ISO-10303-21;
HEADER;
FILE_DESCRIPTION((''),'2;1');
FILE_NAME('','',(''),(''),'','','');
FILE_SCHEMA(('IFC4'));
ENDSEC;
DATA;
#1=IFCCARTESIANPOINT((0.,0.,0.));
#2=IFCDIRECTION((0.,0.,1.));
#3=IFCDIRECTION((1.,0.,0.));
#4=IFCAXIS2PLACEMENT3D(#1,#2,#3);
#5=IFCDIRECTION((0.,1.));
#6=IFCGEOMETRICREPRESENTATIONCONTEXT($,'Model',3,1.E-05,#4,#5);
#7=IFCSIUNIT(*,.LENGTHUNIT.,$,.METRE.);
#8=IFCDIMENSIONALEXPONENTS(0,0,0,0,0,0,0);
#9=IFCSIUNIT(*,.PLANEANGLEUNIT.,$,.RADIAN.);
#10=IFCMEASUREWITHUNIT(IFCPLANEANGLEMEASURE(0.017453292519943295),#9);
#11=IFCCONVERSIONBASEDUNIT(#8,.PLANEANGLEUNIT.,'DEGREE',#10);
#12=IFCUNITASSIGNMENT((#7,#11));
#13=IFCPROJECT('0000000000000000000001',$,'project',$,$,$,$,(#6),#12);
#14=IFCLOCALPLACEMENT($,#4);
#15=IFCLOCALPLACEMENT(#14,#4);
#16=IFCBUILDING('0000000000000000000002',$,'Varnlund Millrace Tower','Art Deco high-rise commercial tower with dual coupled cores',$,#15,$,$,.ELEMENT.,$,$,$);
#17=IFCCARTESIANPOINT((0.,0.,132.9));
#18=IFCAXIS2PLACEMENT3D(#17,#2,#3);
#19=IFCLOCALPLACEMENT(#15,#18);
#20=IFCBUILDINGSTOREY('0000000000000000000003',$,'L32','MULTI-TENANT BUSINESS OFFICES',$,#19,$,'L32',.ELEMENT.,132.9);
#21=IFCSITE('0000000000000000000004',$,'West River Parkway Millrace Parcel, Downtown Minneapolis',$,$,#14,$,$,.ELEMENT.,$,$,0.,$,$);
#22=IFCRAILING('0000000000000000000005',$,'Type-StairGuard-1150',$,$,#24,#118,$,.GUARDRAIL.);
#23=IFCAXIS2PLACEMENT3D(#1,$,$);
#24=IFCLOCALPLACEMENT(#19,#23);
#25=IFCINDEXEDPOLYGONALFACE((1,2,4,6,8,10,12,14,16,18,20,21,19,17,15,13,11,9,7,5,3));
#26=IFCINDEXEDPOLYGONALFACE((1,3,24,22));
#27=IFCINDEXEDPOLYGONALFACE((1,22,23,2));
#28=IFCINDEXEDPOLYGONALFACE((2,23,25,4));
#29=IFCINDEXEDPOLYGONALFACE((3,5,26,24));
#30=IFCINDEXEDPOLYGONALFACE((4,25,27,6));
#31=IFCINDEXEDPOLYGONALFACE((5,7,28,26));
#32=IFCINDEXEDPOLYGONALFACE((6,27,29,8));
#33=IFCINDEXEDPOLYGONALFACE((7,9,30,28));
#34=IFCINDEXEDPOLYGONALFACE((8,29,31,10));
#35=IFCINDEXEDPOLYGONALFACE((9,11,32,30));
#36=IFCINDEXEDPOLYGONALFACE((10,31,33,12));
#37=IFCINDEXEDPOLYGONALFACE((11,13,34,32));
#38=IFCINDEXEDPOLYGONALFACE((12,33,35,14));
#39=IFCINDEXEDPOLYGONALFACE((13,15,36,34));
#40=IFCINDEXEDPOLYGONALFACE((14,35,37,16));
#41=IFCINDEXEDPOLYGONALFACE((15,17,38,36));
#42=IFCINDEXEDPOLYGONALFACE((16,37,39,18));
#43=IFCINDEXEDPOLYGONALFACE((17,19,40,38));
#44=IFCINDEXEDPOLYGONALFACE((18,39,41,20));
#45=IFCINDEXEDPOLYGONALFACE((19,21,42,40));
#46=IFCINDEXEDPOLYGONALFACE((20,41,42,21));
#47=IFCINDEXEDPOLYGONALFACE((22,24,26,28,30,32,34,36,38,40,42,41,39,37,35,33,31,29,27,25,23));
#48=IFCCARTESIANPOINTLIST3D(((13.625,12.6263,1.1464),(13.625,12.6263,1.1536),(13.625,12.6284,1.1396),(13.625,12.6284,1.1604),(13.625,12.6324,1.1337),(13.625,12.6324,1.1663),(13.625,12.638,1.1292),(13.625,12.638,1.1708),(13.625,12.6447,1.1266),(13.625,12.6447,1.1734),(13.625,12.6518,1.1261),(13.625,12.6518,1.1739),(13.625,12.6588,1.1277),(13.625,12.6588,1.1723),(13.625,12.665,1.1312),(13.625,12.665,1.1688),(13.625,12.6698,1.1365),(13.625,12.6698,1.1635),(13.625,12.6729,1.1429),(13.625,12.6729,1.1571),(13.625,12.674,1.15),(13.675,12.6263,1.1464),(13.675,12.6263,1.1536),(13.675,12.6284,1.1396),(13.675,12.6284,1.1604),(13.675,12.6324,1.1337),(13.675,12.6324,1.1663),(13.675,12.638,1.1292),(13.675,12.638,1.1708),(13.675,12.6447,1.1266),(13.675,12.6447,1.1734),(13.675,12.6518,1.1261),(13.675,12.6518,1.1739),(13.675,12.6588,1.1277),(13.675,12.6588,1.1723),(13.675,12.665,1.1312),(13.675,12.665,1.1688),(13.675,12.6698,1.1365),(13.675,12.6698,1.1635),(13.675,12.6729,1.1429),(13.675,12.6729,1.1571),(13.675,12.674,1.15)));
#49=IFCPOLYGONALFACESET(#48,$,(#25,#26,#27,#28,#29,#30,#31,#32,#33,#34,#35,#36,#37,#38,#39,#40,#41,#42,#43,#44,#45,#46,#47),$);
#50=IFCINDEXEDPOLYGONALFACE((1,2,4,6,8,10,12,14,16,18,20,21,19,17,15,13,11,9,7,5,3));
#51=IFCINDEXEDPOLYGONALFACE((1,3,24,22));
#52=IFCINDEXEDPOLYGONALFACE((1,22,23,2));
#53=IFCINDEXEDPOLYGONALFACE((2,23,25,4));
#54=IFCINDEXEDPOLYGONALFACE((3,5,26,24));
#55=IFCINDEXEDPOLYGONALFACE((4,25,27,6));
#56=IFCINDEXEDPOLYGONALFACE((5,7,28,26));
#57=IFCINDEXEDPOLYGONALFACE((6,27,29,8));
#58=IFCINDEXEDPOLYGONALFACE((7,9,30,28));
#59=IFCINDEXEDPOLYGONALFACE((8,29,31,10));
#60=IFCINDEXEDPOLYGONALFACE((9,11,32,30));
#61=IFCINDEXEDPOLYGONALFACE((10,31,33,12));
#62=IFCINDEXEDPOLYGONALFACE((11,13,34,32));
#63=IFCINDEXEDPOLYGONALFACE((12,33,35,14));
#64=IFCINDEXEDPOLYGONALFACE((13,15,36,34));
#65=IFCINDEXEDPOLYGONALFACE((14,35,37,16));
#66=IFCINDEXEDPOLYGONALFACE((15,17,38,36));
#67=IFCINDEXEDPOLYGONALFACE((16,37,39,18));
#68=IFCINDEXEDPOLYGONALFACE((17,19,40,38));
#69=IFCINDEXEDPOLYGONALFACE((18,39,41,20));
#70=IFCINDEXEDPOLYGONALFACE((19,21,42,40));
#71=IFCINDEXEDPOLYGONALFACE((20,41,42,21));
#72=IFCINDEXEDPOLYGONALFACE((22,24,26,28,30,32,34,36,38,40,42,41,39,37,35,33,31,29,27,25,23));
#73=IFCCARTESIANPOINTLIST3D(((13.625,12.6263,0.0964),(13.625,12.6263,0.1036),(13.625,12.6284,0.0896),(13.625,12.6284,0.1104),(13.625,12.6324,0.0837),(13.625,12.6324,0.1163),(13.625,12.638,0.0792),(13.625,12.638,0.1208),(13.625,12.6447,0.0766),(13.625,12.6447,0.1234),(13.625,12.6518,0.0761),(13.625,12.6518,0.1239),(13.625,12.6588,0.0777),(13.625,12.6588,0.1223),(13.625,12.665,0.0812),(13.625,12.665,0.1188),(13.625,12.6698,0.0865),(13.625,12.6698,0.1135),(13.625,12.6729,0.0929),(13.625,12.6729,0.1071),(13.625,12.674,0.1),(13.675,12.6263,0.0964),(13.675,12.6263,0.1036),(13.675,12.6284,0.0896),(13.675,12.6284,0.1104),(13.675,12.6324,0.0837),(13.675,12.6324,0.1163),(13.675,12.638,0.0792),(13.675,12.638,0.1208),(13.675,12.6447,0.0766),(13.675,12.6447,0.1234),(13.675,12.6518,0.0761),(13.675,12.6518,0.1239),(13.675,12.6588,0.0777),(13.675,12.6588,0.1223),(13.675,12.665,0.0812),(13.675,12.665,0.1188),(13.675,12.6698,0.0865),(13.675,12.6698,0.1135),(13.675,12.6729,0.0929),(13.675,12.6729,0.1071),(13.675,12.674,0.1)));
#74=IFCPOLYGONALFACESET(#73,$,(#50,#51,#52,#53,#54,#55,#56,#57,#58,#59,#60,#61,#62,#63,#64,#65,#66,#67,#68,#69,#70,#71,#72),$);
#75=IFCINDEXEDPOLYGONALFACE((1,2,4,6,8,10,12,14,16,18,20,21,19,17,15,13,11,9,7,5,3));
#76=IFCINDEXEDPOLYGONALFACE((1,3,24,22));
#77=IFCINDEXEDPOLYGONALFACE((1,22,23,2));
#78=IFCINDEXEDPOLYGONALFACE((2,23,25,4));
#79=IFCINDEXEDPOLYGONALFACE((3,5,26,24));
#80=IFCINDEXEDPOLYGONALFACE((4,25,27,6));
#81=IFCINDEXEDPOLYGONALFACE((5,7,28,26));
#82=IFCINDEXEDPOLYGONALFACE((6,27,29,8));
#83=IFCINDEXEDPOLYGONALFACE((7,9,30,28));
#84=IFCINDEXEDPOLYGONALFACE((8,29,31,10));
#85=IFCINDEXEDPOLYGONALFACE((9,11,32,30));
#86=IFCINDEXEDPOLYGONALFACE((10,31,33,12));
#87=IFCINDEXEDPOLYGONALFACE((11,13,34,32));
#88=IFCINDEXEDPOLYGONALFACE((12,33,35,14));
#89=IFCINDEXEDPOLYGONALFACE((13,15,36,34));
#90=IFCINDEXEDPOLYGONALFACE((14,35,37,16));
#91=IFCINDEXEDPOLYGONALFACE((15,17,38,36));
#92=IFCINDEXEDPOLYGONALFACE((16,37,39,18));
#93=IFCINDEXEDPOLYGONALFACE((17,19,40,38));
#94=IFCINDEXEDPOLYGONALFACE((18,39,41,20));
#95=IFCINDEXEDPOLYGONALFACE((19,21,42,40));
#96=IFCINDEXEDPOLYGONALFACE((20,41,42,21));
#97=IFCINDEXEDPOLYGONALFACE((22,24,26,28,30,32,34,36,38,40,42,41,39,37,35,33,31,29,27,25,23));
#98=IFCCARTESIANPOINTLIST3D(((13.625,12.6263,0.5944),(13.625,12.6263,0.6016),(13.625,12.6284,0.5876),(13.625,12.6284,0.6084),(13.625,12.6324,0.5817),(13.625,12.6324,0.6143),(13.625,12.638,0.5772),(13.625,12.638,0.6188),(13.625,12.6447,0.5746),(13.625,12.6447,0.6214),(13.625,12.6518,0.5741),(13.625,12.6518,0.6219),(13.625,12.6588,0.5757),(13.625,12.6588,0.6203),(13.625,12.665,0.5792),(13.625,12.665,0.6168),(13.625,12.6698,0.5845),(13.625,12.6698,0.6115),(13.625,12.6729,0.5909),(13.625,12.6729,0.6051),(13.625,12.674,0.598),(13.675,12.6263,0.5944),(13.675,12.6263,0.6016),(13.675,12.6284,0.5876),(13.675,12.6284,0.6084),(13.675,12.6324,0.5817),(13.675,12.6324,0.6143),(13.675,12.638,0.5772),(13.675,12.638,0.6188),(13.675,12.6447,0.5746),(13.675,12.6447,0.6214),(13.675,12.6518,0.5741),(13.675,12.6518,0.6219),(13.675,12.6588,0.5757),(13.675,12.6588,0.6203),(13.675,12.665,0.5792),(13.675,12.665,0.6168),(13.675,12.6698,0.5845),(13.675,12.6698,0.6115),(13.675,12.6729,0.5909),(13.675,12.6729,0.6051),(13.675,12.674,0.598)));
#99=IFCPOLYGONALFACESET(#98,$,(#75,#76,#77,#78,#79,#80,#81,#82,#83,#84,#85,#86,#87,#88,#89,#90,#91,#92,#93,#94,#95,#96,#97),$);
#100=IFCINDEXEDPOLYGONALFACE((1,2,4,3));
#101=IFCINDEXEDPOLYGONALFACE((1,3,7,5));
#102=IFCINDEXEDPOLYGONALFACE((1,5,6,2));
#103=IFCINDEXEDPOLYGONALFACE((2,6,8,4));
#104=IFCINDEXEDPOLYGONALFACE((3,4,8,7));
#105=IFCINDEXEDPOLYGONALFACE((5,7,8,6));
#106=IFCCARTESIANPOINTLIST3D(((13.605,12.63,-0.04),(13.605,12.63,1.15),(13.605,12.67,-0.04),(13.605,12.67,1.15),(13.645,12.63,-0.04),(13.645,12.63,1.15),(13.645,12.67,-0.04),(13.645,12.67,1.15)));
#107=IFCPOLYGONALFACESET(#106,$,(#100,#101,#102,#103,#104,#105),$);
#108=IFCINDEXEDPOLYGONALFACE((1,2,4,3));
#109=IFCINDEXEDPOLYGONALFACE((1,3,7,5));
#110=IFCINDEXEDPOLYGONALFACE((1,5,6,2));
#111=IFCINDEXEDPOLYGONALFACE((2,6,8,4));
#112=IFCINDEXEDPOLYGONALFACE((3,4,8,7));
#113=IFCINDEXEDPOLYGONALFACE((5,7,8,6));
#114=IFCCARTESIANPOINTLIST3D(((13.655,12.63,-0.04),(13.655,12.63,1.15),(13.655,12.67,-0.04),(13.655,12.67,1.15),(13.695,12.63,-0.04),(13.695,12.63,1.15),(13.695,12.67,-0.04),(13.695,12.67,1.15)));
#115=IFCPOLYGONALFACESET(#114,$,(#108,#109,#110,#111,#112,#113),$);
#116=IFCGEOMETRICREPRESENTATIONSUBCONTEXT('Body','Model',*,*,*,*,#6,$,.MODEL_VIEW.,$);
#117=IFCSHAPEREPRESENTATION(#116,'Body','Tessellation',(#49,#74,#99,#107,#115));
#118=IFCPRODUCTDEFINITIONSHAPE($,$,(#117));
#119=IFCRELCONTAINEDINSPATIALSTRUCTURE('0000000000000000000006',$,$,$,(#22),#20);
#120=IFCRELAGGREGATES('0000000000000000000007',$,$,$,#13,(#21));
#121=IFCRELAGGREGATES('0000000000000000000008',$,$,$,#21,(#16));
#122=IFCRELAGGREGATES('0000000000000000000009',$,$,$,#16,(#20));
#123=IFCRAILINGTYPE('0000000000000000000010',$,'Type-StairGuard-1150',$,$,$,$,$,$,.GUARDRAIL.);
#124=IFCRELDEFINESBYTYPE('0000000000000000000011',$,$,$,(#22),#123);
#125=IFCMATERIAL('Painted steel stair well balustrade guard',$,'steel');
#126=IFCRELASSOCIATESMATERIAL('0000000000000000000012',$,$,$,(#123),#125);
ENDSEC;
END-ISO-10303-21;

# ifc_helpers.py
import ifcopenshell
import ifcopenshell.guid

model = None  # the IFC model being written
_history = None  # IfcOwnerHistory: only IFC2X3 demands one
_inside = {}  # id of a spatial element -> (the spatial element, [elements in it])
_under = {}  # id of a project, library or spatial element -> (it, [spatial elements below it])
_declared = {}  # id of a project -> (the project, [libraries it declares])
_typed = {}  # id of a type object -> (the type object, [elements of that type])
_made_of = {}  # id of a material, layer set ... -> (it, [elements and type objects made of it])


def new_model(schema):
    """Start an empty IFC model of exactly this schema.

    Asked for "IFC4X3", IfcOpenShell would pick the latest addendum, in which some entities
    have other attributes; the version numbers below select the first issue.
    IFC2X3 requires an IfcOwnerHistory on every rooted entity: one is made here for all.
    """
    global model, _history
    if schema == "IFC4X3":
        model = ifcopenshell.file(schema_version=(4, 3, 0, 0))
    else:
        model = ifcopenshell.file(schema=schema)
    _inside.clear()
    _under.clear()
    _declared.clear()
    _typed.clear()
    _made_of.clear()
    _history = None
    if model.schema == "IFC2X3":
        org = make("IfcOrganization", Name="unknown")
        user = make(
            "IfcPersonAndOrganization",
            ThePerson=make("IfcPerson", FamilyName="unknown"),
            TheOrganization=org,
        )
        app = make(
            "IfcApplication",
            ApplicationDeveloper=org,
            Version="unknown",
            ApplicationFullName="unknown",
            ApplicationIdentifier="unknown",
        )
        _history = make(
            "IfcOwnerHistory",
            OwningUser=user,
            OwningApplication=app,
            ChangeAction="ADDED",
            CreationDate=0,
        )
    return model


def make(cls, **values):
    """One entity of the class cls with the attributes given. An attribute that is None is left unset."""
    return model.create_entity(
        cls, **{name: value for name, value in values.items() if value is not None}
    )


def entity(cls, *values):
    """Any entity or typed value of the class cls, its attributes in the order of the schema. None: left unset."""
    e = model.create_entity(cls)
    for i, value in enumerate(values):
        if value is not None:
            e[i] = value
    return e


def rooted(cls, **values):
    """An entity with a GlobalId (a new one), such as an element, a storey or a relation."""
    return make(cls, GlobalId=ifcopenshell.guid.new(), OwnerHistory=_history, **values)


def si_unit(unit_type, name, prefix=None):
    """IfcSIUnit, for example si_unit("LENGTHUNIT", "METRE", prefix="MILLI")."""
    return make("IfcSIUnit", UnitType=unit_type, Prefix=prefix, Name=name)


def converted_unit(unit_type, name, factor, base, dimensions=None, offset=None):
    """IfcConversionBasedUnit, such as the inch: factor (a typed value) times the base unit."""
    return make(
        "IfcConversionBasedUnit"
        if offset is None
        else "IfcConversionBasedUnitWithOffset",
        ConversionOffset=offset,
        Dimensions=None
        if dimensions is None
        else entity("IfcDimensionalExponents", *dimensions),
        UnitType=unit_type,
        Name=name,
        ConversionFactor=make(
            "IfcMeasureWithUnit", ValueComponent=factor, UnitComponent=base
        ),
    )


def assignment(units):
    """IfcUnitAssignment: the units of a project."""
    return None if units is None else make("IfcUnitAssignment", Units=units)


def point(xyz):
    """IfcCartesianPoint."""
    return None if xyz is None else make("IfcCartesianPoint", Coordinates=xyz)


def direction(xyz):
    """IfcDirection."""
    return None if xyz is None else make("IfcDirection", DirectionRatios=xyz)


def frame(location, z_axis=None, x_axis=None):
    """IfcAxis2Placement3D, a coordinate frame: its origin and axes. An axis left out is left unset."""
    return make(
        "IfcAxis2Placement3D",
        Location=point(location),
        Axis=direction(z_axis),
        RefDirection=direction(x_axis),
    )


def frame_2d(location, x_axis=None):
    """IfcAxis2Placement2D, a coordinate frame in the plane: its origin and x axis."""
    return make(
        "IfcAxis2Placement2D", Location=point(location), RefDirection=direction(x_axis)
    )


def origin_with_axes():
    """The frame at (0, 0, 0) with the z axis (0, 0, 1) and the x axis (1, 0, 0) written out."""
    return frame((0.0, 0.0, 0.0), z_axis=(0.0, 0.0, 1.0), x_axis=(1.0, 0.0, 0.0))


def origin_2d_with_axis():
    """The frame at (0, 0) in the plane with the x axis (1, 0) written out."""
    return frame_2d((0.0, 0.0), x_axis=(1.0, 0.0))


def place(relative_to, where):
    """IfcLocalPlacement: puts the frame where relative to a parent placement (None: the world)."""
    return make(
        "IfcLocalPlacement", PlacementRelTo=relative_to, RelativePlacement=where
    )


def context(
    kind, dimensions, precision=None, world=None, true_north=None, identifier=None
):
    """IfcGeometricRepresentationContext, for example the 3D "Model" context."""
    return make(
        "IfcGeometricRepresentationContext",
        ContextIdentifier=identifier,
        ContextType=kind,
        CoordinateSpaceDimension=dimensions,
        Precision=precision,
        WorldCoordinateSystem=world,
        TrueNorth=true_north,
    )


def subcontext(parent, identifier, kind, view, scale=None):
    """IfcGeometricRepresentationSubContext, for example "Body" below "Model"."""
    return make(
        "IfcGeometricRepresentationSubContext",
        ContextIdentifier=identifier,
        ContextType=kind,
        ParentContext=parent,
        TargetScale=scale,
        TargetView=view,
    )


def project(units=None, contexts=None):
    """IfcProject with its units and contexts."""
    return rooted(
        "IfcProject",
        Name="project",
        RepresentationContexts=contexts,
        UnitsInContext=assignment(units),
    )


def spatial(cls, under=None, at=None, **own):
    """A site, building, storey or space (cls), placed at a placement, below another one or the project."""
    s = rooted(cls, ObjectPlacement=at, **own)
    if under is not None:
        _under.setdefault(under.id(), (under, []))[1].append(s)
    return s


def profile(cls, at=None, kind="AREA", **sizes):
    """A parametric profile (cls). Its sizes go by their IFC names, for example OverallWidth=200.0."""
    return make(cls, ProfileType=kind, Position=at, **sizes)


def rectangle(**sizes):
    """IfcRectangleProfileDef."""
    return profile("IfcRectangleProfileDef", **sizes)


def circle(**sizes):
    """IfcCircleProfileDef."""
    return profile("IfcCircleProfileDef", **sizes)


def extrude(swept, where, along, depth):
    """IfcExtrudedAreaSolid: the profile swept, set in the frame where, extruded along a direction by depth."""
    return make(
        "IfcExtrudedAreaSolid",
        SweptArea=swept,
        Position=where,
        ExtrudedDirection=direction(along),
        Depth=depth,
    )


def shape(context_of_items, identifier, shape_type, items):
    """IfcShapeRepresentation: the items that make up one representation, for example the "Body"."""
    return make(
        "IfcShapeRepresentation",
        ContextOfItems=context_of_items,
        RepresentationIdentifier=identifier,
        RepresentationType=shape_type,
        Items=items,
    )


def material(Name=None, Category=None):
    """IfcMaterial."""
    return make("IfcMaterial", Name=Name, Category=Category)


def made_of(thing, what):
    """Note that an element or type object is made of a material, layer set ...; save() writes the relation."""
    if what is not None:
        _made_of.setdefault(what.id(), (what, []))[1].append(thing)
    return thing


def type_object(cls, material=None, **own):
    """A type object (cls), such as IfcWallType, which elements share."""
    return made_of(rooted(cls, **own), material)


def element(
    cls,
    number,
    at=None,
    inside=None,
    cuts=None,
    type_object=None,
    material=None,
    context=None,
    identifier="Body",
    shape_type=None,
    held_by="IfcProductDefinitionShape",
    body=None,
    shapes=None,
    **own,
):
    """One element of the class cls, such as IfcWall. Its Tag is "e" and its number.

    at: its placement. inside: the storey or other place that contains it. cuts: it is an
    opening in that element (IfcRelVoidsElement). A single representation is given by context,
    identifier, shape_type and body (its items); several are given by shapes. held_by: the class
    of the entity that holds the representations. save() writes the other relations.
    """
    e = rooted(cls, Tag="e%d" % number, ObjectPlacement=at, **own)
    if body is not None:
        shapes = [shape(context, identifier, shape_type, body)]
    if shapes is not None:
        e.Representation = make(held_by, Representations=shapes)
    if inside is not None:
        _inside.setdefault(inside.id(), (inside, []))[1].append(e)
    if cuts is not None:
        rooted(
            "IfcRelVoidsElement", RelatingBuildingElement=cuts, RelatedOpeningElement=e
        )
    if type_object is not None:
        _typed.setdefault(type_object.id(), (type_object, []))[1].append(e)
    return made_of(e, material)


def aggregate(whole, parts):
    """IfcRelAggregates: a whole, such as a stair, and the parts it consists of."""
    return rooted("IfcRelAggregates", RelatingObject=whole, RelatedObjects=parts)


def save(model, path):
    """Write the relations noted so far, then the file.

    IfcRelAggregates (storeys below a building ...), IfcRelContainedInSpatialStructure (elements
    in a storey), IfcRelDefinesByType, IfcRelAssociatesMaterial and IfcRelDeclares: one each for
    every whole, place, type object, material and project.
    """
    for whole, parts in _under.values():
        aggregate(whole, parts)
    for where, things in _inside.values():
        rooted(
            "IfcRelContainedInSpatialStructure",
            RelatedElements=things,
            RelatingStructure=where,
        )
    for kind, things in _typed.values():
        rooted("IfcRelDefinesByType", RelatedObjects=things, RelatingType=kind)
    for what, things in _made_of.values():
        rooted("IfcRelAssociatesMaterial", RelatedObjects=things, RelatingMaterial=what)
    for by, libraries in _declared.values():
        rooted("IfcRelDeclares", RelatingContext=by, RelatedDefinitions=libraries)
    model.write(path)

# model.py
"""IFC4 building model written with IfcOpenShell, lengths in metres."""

from ifc_helpers import new_model, entity, si_unit, converted_unit, direction, frame, origin_with_axes, origin_2d_with_axis, place, context, subcontext, project, spatial, rectangle, circle, extrude, material, type_object, element, save


model = new_model("IFC4")

# Units and contexts
model_context = context("Model", 3, precision=1e-05, world=origin_with_axes(), true_north=direction((0.0, 1.0)))
body_context = subcontext(model_context, "Body", "Model", "MODEL_VIEW")
ifc_project = project(units=[si_unit("LENGTHUNIT", "METRE"), converted_unit("PLANEANGLEUNIT", "DEGREE", entity("IfcPlaneAngleMeasure", 0.017453292519943295), si_unit("PLANEANGLEUNIT", "RADIAN"), dimensions=[0, 0, 0, 0, 0, 0, 0])], contexts=[model_context])

# Site, building, storey
site_placement = place(None, origin_with_axes())
site = spatial("IfcSite", under=ifc_project, at=site_placement, Name="West River Parkway Millrace Parcel, Downtown Minneapolis", CompositionType="ELEMENT", RefElevation=0.0)
building_placement = place(site_placement, origin_with_axes())
building = spatial("IfcBuilding", under=site, at=building_placement, Name="Varnlund Millrace Tower", Description="Art Deco high-rise commercial tower with dual coupled cores", CompositionType="ELEMENT")
storey_placement = place(building_placement, frame((0.0, 0.0, 132.9), z_axis=(0.0, 0.0, 1.0), x_axis=(1.0, 0.0, 0.0)))
storey = spatial("IfcBuildingStorey", under=building, at=storey_placement, Name="L32", Description="MULTI-TENANT BUSINESS OFFICES", LongName="L32", CompositionType="ELEMENT", Elevation=132.9)

# Railing
ifc_material_1 = material(Name="Painted steel stair well balustrade guard", Category="steel")
railing_type_1 = type_object("IfcRailingType", Name="Type-StairGuard-1150", PredefinedType="GUARDRAIL", material=ifc_material_1)
railing_1_placement = place(storey_placement, frame((0.0, 0.0, -132.9), z_axis=(0.0, 0.0, 1.0), x_axis=(1.0, 0.0, 0.0)))
element("IfcRailing", 1, at=railing_1_placement, inside=storey, type_object=railing_type_1, Name="Type-StairGuard-1150", PredefinedType="GUARDRAIL", context=body_context, shape_type="SweptSolid", body=[
    extrude(circle(Radius=0.024, at=origin_2d_with_axis()), frame((13.625, 12.65, 134.05), z_axis=(1.0, 0.0, 0.0), x_axis=(0.0, 1.0, 0.0)), (0.0, 0.0, 1.0), 0.05),
    extrude(circle(Radius=0.024, at=origin_2d_with_axis()), frame((13.625, 12.65, 133.0), z_axis=(1.0, 0.0, 0.0), x_axis=(0.0, 1.0, 0.0)), (0.0, 0.0, 1.0), 0.05),
    extrude(circle(Radius=0.024, at=origin_2d_with_axis()), frame((13.625, 12.65, 133.498), z_axis=(1.0, 0.0, 0.0), x_axis=(0.0, 1.0, 0.0)), (0.0, 0.0, 1.0), 0.05),
    extrude(rectangle(XDim=0.04, YDim=0.04, at=origin_2d_with_axis()), frame((13.625, 12.65, 132.86), z_axis=(0.0, 0.0, 1.0), x_axis=(1.0, 0.0, 0.0)), (0.0, 0.0, 1.0), 1.19),
    extrude(rectangle(XDim=0.04, YDim=0.04, at=origin_2d_with_axis()), frame((13.675, 12.65, 132.86), z_axis=(0.0, 0.0, 1.0), x_axis=(1.0, 0.0, 0.0)), (0.0, 0.0, 1.0), 1.19),
])

save(model, "model.ifc")
